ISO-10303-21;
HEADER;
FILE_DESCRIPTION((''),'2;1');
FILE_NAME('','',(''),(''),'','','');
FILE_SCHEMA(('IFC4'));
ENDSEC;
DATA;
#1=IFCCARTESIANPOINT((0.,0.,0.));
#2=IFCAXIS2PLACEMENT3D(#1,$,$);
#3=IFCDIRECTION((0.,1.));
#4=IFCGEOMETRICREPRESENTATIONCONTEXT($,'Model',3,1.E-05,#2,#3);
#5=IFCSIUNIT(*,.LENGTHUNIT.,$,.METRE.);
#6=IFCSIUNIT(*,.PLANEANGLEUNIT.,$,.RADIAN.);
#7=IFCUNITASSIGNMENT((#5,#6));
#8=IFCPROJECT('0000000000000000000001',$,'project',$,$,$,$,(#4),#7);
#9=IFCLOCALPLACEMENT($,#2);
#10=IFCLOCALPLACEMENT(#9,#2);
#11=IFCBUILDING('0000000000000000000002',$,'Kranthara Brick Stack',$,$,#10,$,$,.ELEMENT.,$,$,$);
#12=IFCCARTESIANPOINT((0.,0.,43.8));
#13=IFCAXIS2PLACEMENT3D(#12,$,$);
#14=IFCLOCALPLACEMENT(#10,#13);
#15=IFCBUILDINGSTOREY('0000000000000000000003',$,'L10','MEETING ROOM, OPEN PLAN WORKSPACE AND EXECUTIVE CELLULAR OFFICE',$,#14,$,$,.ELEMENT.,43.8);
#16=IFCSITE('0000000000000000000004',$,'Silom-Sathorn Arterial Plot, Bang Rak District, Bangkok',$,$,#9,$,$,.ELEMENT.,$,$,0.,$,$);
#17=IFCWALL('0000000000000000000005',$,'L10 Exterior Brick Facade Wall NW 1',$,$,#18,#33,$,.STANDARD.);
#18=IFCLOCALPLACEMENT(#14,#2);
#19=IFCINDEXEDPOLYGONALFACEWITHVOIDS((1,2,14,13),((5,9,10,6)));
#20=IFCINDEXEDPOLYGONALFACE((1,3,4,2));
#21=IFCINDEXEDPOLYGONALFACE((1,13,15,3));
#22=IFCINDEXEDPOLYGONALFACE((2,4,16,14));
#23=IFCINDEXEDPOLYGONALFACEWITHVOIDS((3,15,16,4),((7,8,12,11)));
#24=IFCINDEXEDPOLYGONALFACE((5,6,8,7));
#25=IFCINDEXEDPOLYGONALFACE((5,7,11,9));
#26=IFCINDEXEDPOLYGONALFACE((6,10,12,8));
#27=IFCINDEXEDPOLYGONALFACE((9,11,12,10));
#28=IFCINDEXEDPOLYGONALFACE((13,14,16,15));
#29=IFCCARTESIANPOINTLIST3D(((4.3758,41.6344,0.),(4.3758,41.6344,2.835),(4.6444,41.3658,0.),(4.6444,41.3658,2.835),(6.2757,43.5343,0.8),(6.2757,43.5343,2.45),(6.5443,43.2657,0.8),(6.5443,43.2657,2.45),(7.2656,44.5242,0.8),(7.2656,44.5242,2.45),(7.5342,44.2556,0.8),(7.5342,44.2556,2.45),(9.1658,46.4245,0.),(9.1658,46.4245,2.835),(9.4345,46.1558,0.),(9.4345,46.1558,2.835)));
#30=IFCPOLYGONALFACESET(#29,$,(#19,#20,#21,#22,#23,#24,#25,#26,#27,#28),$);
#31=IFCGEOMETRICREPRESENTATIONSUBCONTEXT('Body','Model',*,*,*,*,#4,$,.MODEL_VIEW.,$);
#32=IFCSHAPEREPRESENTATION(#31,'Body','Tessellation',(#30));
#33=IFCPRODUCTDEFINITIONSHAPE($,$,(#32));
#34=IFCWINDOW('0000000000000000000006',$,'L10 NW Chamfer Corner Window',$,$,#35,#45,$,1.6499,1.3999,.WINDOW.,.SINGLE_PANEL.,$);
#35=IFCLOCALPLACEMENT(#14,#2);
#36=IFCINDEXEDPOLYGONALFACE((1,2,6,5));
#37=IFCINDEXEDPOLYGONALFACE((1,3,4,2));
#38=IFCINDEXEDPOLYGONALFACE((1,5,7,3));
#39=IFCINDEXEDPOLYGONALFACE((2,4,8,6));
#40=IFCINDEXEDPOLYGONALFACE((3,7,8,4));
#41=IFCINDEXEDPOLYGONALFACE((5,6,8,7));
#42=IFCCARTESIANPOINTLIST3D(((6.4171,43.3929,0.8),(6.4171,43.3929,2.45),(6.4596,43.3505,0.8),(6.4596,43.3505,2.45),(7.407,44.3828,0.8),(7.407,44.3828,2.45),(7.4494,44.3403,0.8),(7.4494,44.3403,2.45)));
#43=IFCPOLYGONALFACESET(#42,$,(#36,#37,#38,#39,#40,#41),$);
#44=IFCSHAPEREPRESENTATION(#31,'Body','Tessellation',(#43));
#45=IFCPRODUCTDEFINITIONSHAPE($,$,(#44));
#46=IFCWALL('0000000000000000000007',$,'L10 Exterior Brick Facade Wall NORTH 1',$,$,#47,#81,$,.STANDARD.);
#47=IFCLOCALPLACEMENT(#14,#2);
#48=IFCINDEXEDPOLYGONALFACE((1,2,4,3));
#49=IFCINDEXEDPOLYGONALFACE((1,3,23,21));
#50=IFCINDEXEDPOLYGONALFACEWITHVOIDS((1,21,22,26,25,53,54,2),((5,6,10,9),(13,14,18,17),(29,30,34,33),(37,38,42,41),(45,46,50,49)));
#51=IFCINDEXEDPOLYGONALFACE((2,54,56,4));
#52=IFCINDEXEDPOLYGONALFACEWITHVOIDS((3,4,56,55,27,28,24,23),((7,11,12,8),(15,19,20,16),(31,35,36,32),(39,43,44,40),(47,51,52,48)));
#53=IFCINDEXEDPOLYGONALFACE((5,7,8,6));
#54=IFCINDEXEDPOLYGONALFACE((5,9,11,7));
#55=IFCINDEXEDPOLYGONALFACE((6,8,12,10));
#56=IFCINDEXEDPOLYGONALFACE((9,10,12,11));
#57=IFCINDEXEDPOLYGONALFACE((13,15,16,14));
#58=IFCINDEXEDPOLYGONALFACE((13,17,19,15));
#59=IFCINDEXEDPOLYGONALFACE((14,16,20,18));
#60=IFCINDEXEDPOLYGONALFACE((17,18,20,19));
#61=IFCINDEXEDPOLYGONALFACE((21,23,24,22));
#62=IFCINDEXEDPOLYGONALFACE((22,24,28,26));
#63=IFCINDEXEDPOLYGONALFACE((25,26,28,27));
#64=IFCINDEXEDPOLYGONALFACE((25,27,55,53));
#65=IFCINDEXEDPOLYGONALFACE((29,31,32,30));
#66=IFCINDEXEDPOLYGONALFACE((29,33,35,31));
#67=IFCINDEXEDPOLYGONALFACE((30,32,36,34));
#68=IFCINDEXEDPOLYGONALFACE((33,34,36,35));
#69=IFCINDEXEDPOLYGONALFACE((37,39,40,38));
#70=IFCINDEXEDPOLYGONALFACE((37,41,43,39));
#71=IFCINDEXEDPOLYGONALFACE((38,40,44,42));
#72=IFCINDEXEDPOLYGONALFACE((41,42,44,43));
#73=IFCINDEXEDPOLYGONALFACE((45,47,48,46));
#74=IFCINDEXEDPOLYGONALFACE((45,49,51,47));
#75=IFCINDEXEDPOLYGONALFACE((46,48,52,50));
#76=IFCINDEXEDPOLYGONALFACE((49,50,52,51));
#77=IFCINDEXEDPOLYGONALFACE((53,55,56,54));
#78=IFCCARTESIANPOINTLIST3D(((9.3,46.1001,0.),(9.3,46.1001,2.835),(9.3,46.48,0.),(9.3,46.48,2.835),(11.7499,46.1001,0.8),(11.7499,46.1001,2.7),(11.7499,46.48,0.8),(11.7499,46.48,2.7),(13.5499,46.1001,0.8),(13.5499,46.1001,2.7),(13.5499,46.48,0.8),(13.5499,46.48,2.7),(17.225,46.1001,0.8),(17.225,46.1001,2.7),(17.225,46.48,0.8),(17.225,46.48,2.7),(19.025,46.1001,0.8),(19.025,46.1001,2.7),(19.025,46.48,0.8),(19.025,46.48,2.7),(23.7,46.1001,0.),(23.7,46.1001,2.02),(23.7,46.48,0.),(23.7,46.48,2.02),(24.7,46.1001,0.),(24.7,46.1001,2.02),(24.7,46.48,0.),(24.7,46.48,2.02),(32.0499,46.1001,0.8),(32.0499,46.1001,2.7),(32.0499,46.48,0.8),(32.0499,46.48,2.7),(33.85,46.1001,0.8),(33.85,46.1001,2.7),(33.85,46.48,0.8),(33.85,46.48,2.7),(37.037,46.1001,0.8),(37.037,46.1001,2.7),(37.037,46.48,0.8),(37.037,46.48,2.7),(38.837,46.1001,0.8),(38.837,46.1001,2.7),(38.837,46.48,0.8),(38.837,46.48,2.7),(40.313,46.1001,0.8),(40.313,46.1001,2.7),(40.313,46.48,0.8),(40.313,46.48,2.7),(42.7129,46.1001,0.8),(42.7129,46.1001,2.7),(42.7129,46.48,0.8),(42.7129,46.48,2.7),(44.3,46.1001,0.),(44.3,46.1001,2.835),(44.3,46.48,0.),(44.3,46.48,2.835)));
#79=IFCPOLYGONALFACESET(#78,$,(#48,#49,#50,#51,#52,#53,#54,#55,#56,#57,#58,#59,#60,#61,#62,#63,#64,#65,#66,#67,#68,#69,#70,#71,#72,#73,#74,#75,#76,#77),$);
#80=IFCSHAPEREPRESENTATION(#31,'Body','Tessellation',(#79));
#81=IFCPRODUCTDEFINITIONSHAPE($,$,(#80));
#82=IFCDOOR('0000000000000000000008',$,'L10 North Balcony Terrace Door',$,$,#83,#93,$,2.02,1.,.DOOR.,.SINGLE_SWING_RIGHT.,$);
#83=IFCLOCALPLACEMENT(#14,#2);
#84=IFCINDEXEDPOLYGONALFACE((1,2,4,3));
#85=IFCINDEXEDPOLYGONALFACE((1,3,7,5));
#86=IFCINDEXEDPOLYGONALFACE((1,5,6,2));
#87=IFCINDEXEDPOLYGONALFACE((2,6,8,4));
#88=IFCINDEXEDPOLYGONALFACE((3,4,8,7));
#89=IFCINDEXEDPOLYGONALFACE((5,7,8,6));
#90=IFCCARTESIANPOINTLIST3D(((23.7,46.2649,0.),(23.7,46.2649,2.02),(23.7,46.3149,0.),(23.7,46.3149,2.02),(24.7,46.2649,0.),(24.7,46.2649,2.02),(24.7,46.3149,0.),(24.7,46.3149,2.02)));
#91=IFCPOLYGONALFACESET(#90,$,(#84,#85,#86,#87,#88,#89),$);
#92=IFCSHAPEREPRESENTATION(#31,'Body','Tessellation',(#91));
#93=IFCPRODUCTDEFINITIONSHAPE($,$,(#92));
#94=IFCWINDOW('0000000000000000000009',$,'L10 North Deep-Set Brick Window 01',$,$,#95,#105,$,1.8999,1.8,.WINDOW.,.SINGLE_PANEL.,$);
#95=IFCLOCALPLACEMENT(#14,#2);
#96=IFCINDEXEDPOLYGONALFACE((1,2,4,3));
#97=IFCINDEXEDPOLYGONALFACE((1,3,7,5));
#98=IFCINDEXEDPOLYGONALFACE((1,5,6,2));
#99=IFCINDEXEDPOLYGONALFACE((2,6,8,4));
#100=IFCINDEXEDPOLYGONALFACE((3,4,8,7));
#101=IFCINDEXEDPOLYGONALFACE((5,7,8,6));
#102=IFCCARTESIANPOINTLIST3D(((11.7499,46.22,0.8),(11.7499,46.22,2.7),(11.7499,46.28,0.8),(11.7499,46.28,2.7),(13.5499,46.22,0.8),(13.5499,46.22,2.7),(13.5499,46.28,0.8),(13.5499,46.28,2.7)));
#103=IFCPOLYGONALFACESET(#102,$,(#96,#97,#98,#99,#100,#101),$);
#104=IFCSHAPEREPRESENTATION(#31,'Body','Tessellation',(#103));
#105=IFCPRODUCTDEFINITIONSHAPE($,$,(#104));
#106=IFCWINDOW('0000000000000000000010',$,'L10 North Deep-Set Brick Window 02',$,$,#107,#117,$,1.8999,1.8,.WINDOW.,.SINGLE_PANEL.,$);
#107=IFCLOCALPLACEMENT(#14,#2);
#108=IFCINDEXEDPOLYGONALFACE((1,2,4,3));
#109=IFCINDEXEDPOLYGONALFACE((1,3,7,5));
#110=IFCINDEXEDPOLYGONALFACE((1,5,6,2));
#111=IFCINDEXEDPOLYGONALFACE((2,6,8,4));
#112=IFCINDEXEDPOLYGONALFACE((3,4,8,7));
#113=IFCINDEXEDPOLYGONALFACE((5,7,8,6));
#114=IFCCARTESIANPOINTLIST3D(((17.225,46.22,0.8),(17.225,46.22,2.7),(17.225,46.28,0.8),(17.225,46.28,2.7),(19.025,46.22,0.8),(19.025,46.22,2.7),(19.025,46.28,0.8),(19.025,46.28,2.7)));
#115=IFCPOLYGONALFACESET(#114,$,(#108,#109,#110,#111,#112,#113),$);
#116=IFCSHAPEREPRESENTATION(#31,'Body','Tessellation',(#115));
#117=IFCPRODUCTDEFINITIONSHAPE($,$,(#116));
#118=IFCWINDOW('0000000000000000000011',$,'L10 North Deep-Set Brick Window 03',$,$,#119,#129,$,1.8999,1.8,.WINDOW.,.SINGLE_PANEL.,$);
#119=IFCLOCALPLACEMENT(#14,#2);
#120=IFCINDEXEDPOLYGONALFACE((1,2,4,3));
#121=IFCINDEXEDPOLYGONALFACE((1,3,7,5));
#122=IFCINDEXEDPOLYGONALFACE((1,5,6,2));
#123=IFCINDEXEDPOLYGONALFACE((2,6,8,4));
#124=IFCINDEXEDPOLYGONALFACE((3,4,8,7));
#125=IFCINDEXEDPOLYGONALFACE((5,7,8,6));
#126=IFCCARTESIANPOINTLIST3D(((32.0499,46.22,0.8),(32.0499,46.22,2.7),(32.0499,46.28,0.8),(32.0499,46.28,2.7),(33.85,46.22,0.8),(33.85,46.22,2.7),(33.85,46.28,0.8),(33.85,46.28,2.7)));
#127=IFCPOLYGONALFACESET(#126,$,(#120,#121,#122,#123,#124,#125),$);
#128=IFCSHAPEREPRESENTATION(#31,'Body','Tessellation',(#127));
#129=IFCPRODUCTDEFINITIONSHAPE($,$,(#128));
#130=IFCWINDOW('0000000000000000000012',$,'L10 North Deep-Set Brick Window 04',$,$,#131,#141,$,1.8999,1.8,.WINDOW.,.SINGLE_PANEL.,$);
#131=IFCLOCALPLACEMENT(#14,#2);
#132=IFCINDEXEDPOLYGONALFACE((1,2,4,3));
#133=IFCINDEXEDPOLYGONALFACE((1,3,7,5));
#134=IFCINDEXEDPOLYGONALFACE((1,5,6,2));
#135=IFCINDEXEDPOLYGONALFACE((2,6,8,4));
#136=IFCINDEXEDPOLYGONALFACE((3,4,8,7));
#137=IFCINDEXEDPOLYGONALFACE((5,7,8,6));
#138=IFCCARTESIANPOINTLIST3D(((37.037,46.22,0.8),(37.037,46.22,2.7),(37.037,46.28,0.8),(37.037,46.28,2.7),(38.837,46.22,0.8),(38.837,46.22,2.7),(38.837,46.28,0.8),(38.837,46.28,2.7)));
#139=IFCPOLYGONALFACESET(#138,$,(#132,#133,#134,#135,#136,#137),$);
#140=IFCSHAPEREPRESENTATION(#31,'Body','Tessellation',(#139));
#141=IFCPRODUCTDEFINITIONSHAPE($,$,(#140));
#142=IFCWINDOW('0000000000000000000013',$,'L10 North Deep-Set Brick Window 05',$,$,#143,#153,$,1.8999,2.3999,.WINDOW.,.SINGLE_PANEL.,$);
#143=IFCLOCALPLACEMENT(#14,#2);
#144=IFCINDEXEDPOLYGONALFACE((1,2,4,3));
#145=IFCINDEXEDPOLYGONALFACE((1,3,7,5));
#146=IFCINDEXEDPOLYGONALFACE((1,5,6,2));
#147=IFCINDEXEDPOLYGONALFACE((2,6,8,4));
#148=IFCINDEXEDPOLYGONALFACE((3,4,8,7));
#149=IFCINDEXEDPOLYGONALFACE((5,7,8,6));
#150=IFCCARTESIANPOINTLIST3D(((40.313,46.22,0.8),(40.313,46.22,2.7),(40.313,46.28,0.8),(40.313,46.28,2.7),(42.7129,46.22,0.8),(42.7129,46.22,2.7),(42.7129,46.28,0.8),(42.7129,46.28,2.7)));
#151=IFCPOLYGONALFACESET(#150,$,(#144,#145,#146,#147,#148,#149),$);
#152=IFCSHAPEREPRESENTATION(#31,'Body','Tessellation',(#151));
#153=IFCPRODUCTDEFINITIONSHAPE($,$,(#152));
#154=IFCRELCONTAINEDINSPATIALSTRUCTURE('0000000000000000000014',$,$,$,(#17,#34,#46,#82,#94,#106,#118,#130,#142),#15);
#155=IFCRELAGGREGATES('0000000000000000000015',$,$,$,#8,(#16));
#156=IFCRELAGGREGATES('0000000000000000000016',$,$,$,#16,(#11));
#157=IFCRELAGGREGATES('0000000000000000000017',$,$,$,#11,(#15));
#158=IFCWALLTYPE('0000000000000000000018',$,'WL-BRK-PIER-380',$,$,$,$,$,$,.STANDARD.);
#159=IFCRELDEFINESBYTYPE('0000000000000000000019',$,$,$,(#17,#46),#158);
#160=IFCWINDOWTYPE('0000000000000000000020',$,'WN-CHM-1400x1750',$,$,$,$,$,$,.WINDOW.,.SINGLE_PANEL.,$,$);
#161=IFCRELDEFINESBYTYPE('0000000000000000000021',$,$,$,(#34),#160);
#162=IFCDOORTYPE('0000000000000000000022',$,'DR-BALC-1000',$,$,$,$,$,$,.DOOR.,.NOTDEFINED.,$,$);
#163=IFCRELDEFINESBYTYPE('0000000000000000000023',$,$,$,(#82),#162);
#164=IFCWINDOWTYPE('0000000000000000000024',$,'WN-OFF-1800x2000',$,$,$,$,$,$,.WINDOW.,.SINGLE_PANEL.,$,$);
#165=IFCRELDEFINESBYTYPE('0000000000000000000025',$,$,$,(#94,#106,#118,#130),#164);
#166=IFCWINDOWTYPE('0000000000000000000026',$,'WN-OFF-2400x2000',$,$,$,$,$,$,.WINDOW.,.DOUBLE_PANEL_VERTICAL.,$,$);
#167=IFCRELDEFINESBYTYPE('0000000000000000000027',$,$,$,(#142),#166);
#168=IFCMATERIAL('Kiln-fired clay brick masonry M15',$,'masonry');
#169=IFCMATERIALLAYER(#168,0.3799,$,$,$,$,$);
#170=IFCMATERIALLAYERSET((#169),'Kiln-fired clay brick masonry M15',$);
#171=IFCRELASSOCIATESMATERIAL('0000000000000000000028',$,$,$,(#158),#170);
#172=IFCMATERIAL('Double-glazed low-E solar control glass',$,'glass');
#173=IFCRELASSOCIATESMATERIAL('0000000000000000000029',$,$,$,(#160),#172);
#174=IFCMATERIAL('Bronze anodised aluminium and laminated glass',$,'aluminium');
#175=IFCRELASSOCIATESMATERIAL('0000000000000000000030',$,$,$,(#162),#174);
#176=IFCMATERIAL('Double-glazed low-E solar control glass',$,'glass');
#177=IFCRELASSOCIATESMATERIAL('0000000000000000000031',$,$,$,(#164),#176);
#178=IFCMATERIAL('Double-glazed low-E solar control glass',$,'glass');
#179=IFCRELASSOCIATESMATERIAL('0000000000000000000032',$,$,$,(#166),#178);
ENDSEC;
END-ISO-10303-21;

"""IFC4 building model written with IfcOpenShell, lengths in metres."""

from ifc_helpers import new_model, si_unit, direction, frame, frame_2d, origin, place, context, subcontext, project, spatial, rectangle, extrude, material, layer, layer_set, type_object, element, fill, save


model = new_model("IFC4")

# Units and contexts
model_context = context("Model", 3, precision=1e-05, world=origin(), true_north=direction((0.0, 1.0)))
body_context = subcontext(model_context, "Body", "Model", "MODEL_VIEW")
ifc_project = project(units=[si_unit("LENGTHUNIT", "METRE"), si_unit("PLANEANGLEUNIT", "RADIAN")], contexts=[model_context])

# Site, building, storey
site_placement = place(None, origin())
site = spatial("IfcSite", under=ifc_project, at=site_placement, Name="Silom-Sathorn Arterial Plot, Bang Rak District, Bangkok", CompositionType="ELEMENT", RefElevation=0.0)
building_placement = place(site_placement, origin())
building = spatial("IfcBuilding", under=site, at=building_placement, Name="Kranthara Brick Stack", CompositionType="ELEMENT")
storey_placement = place(building_placement, frame((0.0, 0.0, 43.8)))
storey = spatial("IfcBuildingStorey", under=building, at=storey_placement, Name="L10", Description="MEETING ROOM, OPEN PLAN WORKSPACE AND EXECUTIVE CELLULAR OFFICE", CompositionType="ELEMENT", Elevation=43.8)

# Wall, opening, window
ifc_material_1 = material(Name="Kiln-fired clay brick masonry M15", Category="masonry")
ifc_layer_1 = layer(ifc_material_1, 0.3799)
ifc_layer_set_1 = layer_set([ifc_layer_1], Name="Kiln-fired clay brick masonry M15")
wall_type_1 = type_object("IfcWallType", Name="WL-BRK-PIER-380", PredefinedType="STANDARD", material=ifc_layer_set_1)
wall_1_placement = place(storey_placement, frame((4.51, 41.5, 0.0), z_axis=(0.0, 0.0, 1.0), x_axis=(0.707107, 0.707107, 0.0)))
wall_1 = element("IfcWall", 1, at=wall_1_placement, inside=storey, type_object=wall_type_1, Name="L10 Exterior Brick Facade Wall NW 1", PredefinedType="STANDARD", context=body_context, shape_type="SweptSolid", body=[
    extrude(rectangle(XDim=6.7742, YDim=0.3799, at=frame_2d((3.3872, 0.0))), origin(), (0.0, 0.0, 1.0), 2.835),
])
opening_1_placement = place(wall_1_placement, frame((2.687, 0.0, 0.8)))
opening_1 = element("IfcOpeningElement", 2, at=opening_1_placement, cuts=wall_1, PredefinedType="OPENING", context=body_context, shape_type="SweptSolid", body=[
    extrude(rectangle(XDim=1.3999, YDim=1.6499, at=frame_2d((0.7, 0.825))), frame((0.0, 0.2, 0.0), z_axis=(0.0, -1.0, 0.0), x_axis=(1.0, 0.0, 0.0)), (0.0, 0.0, 1.0), 0.3999),
])
ifc_material_2 = material(Name="Double-glazed low-E solar control glass", Category="glass")
window_type_1 = type_object("IfcWindowType", Name="WN-CHM-1400x1750", PartitioningType="SINGLE_PANEL", PredefinedType="WINDOW", material=ifc_material_2)
window_1_placement = place(opening_1_placement, origin())
window_1 = element("IfcWindow", 3, at=window_1_placement, inside=storey, type_object=window_type_1, Name="L10 NW Chamfer Corner Window", OverallHeight=1.6499, OverallWidth=1.3999, PartitioningType="SINGLE_PANEL", PredefinedType="WINDOW", context=body_context, shape_type="SweptSolid", body=[
    extrude(rectangle(XDim=1.3999, YDim=1.6499, at=frame_2d((0.7, 0.825))), frame((0.0, -0.01, 0.0), z_axis=(0.0, -1.0, 0.0), x_axis=(1.0, 0.0, 0.0)), (0.0, 0.0, 1.0), 0.0601),
])
fill(opening_1, window_1)

# Wall, openings, door, windows
wall_2_placement = place(storey_placement, frame((9.3, 46.29, 0.0), z_axis=(0.0, 0.0, 1.0), x_axis=(1.0, 0.0, 0.0)))
wall_2 = element("IfcWall", 4, at=wall_2_placement, inside=storey, type_object=wall_type_1, Name="L10 Exterior Brick Facade Wall NORTH 1", PredefinedType="STANDARD", context=body_context, shape_type="SweptSolid", body=[
    extrude(rectangle(XDim=35.0, YDim=0.3799, at=frame_2d((17.5, 0.0))), origin(), (0.0, 0.0, 1.0), 2.835),
])
opening_2_placement = place(wall_2_placement, frame((14.3999, 0.0, 0.0)))
opening_2 = element("IfcOpeningElement", 5, at=opening_2_placement, cuts=wall_2, PredefinedType="OPENING", context=body_context, shape_type="SweptSolid", body=[
    extrude(rectangle(XDim=1.0, YDim=2.02, at=frame_2d((0.5, 1.01))), frame((0.0, 0.2, 0.0), z_axis=(0.0, -1.0, 0.0), x_axis=(1.0, 0.0, 0.0)), (0.0, 0.0, 1.0), 0.3999),
])
opening_3_placement = place(wall_2_placement, frame((2.45, 0.0, 0.8)))
opening_3 = element("IfcOpeningElement", 6, at=opening_3_placement, cuts=wall_2, PredefinedType="OPENING", context=body_context, shape_type="SweptSolid", body=[
    extrude(rectangle(XDim=1.8, YDim=1.8999, at=frame_2d((0.8999, 0.95))), frame((0.0, 0.2, 0.0), z_axis=(0.0, -1.0, 0.0), x_axis=(1.0, 0.0, 0.0)), (0.0, 0.0, 1.0), 0.3999),
])
opening_4_placement = place(wall_2_placement, frame((7.925, 0.0, 0.8)))
opening_4 = element("IfcOpeningElement", 7, at=opening_4_placement, cuts=wall_2, PredefinedType="OPENING", context=body_context, shape_type="SweptSolid", body=[
    extrude(rectangle(XDim=1.8, YDim=1.8999, at=frame_2d((0.8999, 0.95))), frame((0.0, 0.2, 0.0), z_axis=(0.0, -1.0, 0.0), x_axis=(1.0, 0.0, 0.0)), (0.0, 0.0, 1.0), 0.3999),
])
opening_5_placement = place(wall_2_placement, frame((22.75, 0.0, 0.8)))
opening_5 = element("IfcOpeningElement", 8, at=opening_5_placement, cuts=wall_2, PredefinedType="OPENING", context=body_context, shape_type="SweptSolid", body=[
    extrude(rectangle(XDim=1.8, YDim=1.8999, at=frame_2d((0.8999, 0.95))), frame((0.0, 0.2, 0.0), z_axis=(0.0, -1.0, 0.0), x_axis=(1.0, 0.0, 0.0)), (0.0, 0.0, 1.0), 0.3999),
])
opening_6_placement = place(wall_2_placement, frame((27.7371, 0.0, 0.8)))
opening_6 = element("IfcOpeningElement", 9, at=opening_6_placement, cuts=wall_2, PredefinedType="OPENING", context=body_context, shape_type="SweptSolid", body=[
    extrude(rectangle(XDim=1.8, YDim=1.8999, at=frame_2d((0.8999, 0.95))), frame((0.0, 0.2, 0.0), z_axis=(0.0, -1.0, 0.0), x_axis=(1.0, 0.0, 0.0)), (0.0, 0.0, 1.0), 0.3999),
])
opening_7_placement = place(wall_2_placement, frame((31.0129, 0.0, 0.8)))
opening_7 = element("IfcOpeningElement", 10, at=opening_7_placement, cuts=wall_2, PredefinedType="OPENING", context=body_context, shape_type="SweptSolid", body=[
    extrude(rectangle(XDim=2.3999, YDim=1.8999, at=frame_2d((1.2, 0.95))), frame((0.0, 0.2, 0.0), z_axis=(0.0, -1.0, 0.0), x_axis=(1.0, 0.0, 0.0)), (0.0, 0.0, 1.0), 0.3999),
])
ifc_material_3 = material(Name="Bronze anodised aluminium and laminated glass", Category="aluminium")
door_type_1 = type_object("IfcDoorType", Name="DR-BALC-1000", OperationType="NOTDEFINED", PredefinedType="DOOR", material=ifc_material_3)
door_1_placement = place(opening_2_placement, origin())
door_1 = element("IfcDoor", 11, at=door_1_placement, inside=storey, type_object=door_type_1, Name="L10 North Balcony Terrace Door", OperationType="SINGLE_SWING_RIGHT", OverallHeight=2.02, OverallWidth=1.0, PredefinedType="DOOR", context=body_context, shape_type="SweptSolid", body=[
    extrude(rectangle(XDim=1.0, YDim=2.02, at=frame_2d((0.5, 1.01))), frame((0.0, 0.0249, 0.0), z_axis=(0.0, -1.0, 0.0), x_axis=(1.0, 0.0, 0.0)), (0.0, 0.0, 1.0), 0.05),
])
fill(opening_2, door_1)
ifc_material_4 = material(Name="Double-glazed low-E solar control glass", Category="glass")
window_type_2 = type_object("IfcWindowType", Name="WN-OFF-1800x2000", PartitioningType="SINGLE_PANEL", PredefinedType="WINDOW", material=ifc_material_4)
window_2_placement = place(opening_3_placement, origin())
window_2 = element("IfcWindow", 12, at=window_2_placement, inside=storey, type_object=window_type_2, Name="L10 North Deep-Set Brick Window 01", OverallHeight=1.8999, OverallWidth=1.8, PartitioningType="SINGLE_PANEL", PredefinedType="WINDOW", context=body_context, shape_type="SweptSolid", body=[
    extrude(rectangle(XDim=1.8, YDim=1.8999, at=frame_2d((0.8999, 0.95))), frame((0.0, -0.01, 0.0), z_axis=(0.0, -1.0, 0.0), x_axis=(1.0, 0.0, 0.0)), (0.0, 0.0, 1.0), 0.0601),
])
fill(opening_3, window_2)
window_3_placement = place(opening_4_placement, origin())
window_3 = element("IfcWindow", 13, at=window_3_placement, inside=storey, type_object=window_type_2, Name="L10 North Deep-Set Brick Window 02", OverallHeight=1.8999, OverallWidth=1.8, PartitioningType="SINGLE_PANEL", PredefinedType="WINDOW", context=body_context, shape_type="SweptSolid", body=[
    extrude(rectangle(XDim=1.8, YDim=1.8999, at=frame_2d((0.8999, 0.95))), frame((0.0, -0.01, 0.0), z_axis=(0.0, -1.0, 0.0), x_axis=(1.0, 0.0, 0.0)), (0.0, 0.0, 1.0), 0.0601),
])
fill(opening_4, window_3)
window_4_placement = place(opening_5_placement, origin())
window_4 = element("IfcWindow", 14, at=window_4_placement, inside=storey, type_object=window_type_2, Name="L10 North Deep-Set Brick Window 03", OverallHeight=1.8999, OverallWidth=1.8, PartitioningType="SINGLE_PANEL", PredefinedType="WINDOW", context=body_context, shape_type="SweptSolid", body=[
    extrude(rectangle(XDim=1.8, YDim=1.8999, at=frame_2d((0.8999, 0.95))), frame((0.0, -0.01, 0.0), z_axis=(0.0, -1.0, 0.0), x_axis=(1.0, 0.0, 0.0)), (0.0, 0.0, 1.0), 0.0601),
])
fill(opening_5, window_4)
window_5_placement = place(opening_6_placement, origin())
window_5 = element("IfcWindow", 15, at=window_5_placement, inside=storey, type_object=window_type_2, Name="L10 North Deep-Set Brick Window 04", OverallHeight=1.8999, OverallWidth=1.8, PartitioningType="SINGLE_PANEL", PredefinedType="WINDOW", context=body_context, shape_type="SweptSolid", body=[
    extrude(rectangle(XDim=1.8, YDim=1.8999, at=frame_2d((0.8999, 0.95))), frame((0.0, -0.01, 0.0), z_axis=(0.0, -1.0, 0.0), x_axis=(1.0, 0.0, 0.0)), (0.0, 0.0, 1.0), 0.0601),
])
fill(opening_6, window_5)
ifc_material_5 = material(Name="Double-glazed low-E solar control glass", Category="glass")
window_type_3 = type_object("IfcWindowType", Name="WN-OFF-2400x2000", PartitioningType="DOUBLE_PANEL_VERTICAL", PredefinedType="WINDOW", material=ifc_material_5)
window_6_placement = place(opening_7_placement, origin())
window_6 = element("IfcWindow", 16, at=window_6_placement, inside=storey, type_object=window_type_3, Name="L10 North Deep-Set Brick Window 05", OverallHeight=1.8999, OverallWidth=2.3999, PartitioningType="SINGLE_PANEL", PredefinedType="WINDOW", context=body_context, shape_type="SweptSolid", body=[
    extrude(rectangle(XDim=2.3999, YDim=1.8999, at=frame_2d((1.2, 0.95))), frame((0.0, -0.01, 0.0), z_axis=(0.0, -1.0, 0.0), x_axis=(1.0, 0.0, 0.0)), (0.0, 0.0, 1.0), 0.0601),
])
fill(opening_7, window_6)

save(model, "model.ifc")
